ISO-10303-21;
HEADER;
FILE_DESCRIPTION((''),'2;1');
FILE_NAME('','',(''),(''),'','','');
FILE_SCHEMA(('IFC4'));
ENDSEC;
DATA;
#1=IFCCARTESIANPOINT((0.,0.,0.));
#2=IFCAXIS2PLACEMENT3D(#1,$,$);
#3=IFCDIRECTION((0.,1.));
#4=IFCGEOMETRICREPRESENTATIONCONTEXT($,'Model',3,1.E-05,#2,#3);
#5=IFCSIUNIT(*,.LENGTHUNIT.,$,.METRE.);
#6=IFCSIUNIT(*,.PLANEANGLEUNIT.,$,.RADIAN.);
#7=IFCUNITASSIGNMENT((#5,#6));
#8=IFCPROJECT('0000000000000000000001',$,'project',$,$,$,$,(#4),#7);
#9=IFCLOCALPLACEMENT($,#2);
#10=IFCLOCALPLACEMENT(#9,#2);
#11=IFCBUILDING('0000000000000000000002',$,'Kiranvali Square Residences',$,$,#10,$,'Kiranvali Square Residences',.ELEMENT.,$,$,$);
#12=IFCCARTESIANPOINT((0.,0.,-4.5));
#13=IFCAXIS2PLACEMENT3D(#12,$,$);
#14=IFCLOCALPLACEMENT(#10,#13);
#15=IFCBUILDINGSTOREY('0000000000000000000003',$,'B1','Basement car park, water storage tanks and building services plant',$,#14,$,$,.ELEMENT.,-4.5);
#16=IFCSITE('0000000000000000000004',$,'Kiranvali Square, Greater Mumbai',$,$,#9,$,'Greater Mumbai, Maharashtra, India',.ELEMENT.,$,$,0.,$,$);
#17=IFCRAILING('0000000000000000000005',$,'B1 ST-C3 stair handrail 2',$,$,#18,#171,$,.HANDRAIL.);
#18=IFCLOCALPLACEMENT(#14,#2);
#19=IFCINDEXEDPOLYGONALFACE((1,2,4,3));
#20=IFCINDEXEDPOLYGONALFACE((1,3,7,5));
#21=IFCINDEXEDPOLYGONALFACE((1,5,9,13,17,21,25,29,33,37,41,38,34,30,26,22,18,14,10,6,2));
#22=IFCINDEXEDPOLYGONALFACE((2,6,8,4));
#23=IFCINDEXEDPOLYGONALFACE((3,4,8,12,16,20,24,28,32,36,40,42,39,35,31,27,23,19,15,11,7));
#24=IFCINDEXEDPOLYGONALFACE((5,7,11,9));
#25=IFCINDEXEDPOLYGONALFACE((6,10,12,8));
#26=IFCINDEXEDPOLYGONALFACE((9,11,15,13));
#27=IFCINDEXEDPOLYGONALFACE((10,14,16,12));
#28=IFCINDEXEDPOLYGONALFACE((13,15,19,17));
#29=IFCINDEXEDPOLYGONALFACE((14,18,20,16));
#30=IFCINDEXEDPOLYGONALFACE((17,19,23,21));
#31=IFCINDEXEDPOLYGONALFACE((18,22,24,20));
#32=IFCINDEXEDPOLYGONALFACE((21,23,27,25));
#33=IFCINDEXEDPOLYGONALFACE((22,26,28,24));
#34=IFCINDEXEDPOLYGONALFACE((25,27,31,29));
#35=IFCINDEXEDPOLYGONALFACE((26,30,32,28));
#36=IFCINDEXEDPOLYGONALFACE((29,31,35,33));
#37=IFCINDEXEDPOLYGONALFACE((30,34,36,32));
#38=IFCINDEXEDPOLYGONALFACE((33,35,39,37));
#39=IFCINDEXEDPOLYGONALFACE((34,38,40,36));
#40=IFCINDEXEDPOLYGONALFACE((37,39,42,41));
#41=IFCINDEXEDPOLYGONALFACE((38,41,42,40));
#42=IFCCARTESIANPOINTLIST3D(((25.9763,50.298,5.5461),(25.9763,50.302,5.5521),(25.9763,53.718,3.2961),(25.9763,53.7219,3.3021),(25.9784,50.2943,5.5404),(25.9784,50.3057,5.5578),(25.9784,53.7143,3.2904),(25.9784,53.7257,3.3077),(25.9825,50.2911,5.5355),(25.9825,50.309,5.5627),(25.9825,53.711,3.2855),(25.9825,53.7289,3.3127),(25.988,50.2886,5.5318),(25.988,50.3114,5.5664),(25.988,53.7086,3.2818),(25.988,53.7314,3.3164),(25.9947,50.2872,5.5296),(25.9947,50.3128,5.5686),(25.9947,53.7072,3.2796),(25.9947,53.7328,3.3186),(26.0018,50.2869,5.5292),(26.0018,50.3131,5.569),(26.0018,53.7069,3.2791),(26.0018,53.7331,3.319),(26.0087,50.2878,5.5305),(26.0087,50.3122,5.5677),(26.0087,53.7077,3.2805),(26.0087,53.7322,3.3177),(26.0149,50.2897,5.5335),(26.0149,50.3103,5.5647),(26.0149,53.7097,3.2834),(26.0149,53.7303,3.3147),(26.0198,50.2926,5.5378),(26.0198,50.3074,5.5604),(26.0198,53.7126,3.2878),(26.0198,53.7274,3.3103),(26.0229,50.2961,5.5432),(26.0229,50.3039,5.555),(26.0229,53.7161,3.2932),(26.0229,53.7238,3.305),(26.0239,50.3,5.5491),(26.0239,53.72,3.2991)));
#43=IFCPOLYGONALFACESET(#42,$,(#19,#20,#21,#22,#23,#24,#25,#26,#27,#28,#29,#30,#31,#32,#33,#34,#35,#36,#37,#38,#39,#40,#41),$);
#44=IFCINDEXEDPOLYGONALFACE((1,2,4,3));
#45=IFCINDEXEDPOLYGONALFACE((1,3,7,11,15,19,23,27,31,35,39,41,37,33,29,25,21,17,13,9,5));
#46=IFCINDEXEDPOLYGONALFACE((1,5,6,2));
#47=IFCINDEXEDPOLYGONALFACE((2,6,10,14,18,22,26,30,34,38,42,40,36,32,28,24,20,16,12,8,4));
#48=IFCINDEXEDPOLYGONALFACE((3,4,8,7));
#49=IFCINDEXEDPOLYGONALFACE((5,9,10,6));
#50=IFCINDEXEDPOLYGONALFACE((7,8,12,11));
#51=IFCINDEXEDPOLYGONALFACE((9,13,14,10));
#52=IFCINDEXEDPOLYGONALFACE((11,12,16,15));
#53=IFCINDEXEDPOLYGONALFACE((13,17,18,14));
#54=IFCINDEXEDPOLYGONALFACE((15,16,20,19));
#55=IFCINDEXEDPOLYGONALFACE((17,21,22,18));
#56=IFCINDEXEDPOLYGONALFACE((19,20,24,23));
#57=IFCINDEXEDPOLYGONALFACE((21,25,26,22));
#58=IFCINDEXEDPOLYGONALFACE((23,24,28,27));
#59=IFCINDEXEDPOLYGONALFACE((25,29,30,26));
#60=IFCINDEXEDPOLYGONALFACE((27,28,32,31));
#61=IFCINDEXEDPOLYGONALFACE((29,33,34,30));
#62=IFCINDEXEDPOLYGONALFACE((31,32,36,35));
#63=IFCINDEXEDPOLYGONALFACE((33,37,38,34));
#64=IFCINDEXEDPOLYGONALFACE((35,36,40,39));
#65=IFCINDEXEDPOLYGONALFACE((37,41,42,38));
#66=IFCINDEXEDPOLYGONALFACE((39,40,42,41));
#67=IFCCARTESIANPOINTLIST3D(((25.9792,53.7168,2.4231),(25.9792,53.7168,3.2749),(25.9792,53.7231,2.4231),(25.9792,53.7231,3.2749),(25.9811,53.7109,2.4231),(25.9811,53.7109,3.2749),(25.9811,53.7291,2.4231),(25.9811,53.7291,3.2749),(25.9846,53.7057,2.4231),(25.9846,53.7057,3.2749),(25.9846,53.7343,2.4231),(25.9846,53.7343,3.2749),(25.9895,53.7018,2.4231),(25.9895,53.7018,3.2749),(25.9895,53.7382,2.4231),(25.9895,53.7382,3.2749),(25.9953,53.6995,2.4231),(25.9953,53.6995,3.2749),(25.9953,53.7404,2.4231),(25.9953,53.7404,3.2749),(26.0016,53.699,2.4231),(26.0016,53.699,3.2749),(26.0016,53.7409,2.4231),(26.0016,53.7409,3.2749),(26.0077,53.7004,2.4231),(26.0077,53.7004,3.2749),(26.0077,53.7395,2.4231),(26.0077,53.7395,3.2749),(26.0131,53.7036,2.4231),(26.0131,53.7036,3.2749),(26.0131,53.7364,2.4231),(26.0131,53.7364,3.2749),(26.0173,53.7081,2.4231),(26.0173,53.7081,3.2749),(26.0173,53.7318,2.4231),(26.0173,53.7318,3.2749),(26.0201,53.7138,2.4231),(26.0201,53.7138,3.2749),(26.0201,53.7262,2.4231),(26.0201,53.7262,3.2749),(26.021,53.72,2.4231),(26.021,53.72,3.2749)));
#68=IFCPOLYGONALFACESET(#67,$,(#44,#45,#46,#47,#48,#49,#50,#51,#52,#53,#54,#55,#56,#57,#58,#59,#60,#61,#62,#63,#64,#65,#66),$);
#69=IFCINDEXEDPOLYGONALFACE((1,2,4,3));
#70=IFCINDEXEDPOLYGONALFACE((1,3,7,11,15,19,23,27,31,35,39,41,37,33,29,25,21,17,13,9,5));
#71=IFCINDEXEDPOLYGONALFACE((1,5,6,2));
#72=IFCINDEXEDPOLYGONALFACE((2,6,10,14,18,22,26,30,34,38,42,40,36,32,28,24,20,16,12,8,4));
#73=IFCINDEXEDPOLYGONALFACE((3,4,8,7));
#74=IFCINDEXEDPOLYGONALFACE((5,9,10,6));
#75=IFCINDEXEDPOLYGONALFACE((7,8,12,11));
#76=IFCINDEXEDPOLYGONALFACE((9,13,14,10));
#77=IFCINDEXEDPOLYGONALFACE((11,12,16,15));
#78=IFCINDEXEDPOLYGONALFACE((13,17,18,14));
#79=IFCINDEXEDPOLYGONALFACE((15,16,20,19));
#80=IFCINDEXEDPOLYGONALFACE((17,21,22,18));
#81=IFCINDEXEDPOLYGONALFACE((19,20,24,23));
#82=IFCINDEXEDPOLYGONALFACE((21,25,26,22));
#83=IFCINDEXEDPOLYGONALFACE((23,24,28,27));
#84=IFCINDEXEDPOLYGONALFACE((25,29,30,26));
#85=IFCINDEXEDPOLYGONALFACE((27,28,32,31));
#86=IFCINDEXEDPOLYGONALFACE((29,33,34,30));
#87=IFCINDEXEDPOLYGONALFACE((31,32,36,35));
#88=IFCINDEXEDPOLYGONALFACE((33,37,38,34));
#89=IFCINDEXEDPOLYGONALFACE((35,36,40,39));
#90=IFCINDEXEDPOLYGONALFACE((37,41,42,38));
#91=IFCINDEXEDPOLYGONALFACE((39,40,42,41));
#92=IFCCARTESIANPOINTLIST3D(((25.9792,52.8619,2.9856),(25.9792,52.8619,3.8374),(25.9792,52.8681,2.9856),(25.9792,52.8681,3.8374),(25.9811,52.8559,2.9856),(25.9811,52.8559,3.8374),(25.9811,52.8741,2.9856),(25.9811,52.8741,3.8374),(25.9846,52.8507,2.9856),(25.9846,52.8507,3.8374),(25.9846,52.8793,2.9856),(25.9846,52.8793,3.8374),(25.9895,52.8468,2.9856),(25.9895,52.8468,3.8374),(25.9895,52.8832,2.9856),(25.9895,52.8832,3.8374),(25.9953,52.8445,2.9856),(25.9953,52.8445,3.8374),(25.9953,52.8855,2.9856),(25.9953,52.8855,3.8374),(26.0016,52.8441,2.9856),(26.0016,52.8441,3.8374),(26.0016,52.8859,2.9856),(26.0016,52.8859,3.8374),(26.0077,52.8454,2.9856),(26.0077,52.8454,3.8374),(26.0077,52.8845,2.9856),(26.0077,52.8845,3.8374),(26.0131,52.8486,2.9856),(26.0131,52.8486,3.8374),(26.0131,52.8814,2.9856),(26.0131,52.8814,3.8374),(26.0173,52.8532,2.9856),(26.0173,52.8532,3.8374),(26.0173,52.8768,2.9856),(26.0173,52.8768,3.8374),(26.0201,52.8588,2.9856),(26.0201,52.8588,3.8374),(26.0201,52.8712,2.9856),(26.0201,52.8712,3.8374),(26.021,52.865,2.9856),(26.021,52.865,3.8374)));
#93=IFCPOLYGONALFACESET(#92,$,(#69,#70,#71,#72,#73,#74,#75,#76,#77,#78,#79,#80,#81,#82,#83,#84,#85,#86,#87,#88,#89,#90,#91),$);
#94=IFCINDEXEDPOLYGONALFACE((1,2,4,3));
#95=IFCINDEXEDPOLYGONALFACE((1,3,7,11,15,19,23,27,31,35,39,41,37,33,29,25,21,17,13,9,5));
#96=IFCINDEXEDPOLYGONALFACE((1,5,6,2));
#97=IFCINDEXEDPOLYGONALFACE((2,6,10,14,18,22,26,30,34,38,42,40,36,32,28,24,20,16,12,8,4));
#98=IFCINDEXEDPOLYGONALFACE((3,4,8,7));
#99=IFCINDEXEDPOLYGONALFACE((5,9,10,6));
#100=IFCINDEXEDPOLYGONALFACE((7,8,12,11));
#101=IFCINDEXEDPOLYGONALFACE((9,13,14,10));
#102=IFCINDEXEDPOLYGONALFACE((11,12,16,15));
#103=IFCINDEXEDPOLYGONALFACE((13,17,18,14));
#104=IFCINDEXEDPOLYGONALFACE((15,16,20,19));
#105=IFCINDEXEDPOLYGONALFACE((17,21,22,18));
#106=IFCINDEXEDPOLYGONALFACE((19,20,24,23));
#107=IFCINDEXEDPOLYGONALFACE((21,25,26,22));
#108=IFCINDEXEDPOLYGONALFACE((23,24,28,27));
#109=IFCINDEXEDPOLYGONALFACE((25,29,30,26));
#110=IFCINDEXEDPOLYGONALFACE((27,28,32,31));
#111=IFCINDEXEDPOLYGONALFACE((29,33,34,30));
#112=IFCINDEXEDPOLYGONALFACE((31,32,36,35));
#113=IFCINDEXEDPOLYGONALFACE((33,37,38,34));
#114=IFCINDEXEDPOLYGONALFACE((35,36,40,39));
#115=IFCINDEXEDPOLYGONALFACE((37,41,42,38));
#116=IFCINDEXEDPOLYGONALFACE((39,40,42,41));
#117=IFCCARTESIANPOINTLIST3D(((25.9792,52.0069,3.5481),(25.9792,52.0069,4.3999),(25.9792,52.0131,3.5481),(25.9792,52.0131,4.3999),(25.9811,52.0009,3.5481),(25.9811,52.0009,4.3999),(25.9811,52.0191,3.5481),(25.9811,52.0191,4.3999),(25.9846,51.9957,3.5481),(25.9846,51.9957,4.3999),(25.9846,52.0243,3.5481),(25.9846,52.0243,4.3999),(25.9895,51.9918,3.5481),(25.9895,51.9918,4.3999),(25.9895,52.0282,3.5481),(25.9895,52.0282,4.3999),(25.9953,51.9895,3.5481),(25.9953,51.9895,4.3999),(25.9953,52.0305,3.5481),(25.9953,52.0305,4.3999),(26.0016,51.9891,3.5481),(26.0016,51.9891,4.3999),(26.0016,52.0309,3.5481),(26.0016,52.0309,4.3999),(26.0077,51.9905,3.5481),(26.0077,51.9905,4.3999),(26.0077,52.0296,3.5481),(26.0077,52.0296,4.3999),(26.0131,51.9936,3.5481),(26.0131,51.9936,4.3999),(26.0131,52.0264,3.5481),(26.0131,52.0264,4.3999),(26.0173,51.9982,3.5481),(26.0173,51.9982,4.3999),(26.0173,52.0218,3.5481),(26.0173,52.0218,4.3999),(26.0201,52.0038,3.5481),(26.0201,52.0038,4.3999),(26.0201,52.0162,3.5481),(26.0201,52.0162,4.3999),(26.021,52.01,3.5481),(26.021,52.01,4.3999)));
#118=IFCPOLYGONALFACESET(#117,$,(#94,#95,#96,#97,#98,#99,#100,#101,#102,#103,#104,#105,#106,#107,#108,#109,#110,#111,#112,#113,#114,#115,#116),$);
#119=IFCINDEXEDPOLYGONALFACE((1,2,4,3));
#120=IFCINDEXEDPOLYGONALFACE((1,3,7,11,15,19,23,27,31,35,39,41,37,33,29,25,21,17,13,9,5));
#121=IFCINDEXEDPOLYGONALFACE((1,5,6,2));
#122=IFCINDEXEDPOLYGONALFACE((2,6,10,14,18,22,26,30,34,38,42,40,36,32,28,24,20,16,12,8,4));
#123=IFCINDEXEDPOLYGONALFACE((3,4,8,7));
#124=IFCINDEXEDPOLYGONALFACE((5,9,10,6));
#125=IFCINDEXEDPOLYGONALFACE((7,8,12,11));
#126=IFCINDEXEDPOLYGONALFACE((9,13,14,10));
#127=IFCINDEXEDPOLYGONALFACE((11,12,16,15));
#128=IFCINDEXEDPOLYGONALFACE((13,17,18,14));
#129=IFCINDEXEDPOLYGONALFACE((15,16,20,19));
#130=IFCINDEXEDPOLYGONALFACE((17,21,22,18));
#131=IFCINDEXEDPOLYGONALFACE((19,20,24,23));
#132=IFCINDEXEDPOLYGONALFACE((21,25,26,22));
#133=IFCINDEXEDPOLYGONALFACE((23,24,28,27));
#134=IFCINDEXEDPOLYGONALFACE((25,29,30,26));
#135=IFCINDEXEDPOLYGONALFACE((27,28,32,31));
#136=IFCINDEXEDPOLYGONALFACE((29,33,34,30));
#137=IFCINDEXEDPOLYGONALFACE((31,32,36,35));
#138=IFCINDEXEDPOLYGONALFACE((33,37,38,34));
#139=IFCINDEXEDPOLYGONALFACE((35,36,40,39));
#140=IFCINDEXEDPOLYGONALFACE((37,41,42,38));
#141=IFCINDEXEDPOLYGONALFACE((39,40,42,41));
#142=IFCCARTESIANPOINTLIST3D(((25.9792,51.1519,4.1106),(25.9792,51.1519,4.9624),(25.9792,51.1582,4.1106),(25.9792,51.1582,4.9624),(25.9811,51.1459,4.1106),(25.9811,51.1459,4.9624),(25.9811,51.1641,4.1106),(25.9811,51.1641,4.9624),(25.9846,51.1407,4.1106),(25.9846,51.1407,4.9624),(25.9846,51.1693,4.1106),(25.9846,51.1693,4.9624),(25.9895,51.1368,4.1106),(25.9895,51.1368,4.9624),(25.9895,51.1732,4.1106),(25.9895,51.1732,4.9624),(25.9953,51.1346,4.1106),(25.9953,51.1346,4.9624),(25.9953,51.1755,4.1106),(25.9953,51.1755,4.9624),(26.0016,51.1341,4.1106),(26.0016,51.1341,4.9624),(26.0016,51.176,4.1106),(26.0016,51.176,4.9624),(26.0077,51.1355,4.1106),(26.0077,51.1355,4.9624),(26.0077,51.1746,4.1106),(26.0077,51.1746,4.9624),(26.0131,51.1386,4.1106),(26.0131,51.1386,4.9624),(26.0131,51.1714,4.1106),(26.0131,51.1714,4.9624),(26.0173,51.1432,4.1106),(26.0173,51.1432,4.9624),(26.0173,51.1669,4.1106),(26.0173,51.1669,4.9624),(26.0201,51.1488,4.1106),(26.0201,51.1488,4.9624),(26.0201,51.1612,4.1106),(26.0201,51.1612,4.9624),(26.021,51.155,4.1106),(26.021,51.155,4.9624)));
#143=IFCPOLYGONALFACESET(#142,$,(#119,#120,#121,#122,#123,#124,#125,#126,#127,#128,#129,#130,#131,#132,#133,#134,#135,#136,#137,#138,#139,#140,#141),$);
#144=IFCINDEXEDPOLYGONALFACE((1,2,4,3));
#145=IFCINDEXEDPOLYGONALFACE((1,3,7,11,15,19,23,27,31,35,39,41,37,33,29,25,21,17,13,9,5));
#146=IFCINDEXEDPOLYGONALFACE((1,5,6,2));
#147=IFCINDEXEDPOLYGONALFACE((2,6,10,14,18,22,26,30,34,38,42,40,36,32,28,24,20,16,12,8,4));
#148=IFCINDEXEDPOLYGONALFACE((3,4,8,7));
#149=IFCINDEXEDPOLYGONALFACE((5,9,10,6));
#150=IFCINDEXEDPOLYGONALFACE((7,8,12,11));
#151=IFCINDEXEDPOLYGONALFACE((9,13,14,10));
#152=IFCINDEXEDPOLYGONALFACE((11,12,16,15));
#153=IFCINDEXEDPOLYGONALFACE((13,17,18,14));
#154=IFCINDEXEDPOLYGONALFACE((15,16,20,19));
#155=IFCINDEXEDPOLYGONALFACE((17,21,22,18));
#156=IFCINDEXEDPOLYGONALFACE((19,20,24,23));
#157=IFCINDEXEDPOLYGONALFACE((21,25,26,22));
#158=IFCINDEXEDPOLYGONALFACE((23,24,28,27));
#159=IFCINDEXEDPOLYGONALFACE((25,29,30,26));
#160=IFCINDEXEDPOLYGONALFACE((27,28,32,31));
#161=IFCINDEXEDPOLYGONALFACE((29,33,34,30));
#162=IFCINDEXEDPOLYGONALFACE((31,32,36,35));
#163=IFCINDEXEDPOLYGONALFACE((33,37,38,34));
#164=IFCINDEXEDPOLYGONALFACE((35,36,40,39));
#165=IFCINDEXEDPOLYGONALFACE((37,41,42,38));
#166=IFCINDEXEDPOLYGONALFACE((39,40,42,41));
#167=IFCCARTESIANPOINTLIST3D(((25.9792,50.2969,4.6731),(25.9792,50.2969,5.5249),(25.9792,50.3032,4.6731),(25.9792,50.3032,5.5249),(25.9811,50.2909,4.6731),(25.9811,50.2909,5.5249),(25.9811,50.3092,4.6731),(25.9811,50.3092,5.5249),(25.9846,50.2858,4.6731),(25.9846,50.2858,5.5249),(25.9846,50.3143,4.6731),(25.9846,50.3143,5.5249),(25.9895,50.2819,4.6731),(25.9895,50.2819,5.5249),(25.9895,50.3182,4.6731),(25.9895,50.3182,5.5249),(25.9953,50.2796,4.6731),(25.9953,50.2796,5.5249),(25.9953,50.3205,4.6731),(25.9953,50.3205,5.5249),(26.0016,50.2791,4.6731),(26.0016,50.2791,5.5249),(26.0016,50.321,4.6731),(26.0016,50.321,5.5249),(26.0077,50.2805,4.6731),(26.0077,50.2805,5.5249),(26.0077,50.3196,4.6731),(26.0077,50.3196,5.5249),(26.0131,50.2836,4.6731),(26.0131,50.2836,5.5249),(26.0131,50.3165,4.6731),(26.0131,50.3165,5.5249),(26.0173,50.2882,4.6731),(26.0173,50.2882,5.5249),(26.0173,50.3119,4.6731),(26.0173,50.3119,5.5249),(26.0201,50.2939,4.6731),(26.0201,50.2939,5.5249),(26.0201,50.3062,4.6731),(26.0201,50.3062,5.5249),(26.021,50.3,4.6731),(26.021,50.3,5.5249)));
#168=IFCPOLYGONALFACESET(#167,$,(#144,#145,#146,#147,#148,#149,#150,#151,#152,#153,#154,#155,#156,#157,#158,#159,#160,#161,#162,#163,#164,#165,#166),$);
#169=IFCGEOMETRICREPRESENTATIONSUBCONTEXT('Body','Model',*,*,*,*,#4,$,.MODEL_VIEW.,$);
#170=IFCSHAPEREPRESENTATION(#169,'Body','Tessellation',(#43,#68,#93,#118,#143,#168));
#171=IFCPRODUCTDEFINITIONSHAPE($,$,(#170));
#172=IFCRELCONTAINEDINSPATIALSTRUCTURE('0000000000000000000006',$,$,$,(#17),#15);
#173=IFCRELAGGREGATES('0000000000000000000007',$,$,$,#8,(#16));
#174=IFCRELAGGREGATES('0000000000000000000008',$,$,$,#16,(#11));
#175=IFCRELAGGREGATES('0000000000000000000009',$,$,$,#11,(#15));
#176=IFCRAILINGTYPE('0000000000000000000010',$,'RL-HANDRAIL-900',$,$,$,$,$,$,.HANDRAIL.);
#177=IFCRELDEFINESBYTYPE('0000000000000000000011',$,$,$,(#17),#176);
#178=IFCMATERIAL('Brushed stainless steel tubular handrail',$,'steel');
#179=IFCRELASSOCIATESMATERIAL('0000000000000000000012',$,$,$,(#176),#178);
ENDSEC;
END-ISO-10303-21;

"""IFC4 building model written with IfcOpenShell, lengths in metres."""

from ifc_helpers import new_model, si_unit, direction, frame, origin, origin_2d, place, context, subcontext, project, spatial, circle, extrude, material, type_object, element, save


model = new_model("IFC4")

# Units and contexts
model_context = context("Model", 3, precision=1e-05, world=origin(), true_north=direction((0.0, 1.0)))
body_context = subcontext(model_context, "Body", "Model", "MODEL_VIEW")
ifc_project = project(units=[si_unit("LENGTHUNIT", "METRE"), si_unit("PLANEANGLEUNIT", "RADIAN")], contexts=[model_context])

# Site, building, storey
site_placement = place(None, origin())
site = spatial("IfcSite", under=ifc_project, at=site_placement, Name="Kiranvali Square, Greater Mumbai", LongName="Greater Mumbai, Maharashtra, India", CompositionType="ELEMENT", RefElevation=0.0)
building_placement = place(site_placement, origin())
building = spatial("IfcBuilding", under=site, at=building_placement, Name="Kiranvali Square Residences", LongName="Kiranvali Square Residences", CompositionType="ELEMENT")
storey_placement = place(building_placement, frame((0.0, 0.0, -4.5)))
storey = spatial("IfcBuildingStorey", under=building, at=storey_placement, Name="B1", Description="Basement car park, water storage tanks and building services plant", CompositionType="ELEMENT", Elevation=-4.5)

# Railing
ifc_material_1 = material(Name="Brushed stainless steel tubular handrail", Category="steel")
railing_type_1 = type_object("IfcRailingType", Name="RL-HANDRAIL-900", PredefinedType="HANDRAIL", material=ifc_material_1)
railing_1_placement = place(storey_placement, frame((26.0, 53.72, 2.4231)))
element("IfcRailing", 1, at=railing_1_placement, inside=storey, type_object=railing_type_1, Name="B1 ST-C3 stair handrail 2", PredefinedType="HANDRAIL", context=body_context, shape_type="SweptSolid", body=[
    extrude(circle(Radius=0.0239, at=origin_2d()), frame((0.0, 0.0, 0.876), z_axis=(0.0, -0.835411, 0.549625), x_axis=(1.0, 0.0, 0.0)), (0.0, 0.0, 1.0), 4.0938),
    extrude(circle(Radius=0.021, at=origin_2d()), origin(), (0.0, 0.0, 1.0), 0.8518),
    extrude(circle(Radius=0.021, at=origin_2d()), frame((0.0, -0.855, 0.5625)), (0.0, 0.0, 1.0), 0.8518),
    extrude(circle(Radius=0.021, at=origin_2d()), frame((0.0, -1.71, 1.125)), (0.0, 0.0, 1.0), 0.8518),
    extrude(circle(Radius=0.021, at=origin_2d()), frame((0.0, -2.5649, 1.6875)), (0.0, 0.0, 1.0), 0.8518),
    extrude(circle(Radius=0.021, at=origin_2d()), frame((0.0, -3.4199, 2.25)), (0.0, 0.0, 1.0), 0.8518),
])

save(model, "model.ifc")
